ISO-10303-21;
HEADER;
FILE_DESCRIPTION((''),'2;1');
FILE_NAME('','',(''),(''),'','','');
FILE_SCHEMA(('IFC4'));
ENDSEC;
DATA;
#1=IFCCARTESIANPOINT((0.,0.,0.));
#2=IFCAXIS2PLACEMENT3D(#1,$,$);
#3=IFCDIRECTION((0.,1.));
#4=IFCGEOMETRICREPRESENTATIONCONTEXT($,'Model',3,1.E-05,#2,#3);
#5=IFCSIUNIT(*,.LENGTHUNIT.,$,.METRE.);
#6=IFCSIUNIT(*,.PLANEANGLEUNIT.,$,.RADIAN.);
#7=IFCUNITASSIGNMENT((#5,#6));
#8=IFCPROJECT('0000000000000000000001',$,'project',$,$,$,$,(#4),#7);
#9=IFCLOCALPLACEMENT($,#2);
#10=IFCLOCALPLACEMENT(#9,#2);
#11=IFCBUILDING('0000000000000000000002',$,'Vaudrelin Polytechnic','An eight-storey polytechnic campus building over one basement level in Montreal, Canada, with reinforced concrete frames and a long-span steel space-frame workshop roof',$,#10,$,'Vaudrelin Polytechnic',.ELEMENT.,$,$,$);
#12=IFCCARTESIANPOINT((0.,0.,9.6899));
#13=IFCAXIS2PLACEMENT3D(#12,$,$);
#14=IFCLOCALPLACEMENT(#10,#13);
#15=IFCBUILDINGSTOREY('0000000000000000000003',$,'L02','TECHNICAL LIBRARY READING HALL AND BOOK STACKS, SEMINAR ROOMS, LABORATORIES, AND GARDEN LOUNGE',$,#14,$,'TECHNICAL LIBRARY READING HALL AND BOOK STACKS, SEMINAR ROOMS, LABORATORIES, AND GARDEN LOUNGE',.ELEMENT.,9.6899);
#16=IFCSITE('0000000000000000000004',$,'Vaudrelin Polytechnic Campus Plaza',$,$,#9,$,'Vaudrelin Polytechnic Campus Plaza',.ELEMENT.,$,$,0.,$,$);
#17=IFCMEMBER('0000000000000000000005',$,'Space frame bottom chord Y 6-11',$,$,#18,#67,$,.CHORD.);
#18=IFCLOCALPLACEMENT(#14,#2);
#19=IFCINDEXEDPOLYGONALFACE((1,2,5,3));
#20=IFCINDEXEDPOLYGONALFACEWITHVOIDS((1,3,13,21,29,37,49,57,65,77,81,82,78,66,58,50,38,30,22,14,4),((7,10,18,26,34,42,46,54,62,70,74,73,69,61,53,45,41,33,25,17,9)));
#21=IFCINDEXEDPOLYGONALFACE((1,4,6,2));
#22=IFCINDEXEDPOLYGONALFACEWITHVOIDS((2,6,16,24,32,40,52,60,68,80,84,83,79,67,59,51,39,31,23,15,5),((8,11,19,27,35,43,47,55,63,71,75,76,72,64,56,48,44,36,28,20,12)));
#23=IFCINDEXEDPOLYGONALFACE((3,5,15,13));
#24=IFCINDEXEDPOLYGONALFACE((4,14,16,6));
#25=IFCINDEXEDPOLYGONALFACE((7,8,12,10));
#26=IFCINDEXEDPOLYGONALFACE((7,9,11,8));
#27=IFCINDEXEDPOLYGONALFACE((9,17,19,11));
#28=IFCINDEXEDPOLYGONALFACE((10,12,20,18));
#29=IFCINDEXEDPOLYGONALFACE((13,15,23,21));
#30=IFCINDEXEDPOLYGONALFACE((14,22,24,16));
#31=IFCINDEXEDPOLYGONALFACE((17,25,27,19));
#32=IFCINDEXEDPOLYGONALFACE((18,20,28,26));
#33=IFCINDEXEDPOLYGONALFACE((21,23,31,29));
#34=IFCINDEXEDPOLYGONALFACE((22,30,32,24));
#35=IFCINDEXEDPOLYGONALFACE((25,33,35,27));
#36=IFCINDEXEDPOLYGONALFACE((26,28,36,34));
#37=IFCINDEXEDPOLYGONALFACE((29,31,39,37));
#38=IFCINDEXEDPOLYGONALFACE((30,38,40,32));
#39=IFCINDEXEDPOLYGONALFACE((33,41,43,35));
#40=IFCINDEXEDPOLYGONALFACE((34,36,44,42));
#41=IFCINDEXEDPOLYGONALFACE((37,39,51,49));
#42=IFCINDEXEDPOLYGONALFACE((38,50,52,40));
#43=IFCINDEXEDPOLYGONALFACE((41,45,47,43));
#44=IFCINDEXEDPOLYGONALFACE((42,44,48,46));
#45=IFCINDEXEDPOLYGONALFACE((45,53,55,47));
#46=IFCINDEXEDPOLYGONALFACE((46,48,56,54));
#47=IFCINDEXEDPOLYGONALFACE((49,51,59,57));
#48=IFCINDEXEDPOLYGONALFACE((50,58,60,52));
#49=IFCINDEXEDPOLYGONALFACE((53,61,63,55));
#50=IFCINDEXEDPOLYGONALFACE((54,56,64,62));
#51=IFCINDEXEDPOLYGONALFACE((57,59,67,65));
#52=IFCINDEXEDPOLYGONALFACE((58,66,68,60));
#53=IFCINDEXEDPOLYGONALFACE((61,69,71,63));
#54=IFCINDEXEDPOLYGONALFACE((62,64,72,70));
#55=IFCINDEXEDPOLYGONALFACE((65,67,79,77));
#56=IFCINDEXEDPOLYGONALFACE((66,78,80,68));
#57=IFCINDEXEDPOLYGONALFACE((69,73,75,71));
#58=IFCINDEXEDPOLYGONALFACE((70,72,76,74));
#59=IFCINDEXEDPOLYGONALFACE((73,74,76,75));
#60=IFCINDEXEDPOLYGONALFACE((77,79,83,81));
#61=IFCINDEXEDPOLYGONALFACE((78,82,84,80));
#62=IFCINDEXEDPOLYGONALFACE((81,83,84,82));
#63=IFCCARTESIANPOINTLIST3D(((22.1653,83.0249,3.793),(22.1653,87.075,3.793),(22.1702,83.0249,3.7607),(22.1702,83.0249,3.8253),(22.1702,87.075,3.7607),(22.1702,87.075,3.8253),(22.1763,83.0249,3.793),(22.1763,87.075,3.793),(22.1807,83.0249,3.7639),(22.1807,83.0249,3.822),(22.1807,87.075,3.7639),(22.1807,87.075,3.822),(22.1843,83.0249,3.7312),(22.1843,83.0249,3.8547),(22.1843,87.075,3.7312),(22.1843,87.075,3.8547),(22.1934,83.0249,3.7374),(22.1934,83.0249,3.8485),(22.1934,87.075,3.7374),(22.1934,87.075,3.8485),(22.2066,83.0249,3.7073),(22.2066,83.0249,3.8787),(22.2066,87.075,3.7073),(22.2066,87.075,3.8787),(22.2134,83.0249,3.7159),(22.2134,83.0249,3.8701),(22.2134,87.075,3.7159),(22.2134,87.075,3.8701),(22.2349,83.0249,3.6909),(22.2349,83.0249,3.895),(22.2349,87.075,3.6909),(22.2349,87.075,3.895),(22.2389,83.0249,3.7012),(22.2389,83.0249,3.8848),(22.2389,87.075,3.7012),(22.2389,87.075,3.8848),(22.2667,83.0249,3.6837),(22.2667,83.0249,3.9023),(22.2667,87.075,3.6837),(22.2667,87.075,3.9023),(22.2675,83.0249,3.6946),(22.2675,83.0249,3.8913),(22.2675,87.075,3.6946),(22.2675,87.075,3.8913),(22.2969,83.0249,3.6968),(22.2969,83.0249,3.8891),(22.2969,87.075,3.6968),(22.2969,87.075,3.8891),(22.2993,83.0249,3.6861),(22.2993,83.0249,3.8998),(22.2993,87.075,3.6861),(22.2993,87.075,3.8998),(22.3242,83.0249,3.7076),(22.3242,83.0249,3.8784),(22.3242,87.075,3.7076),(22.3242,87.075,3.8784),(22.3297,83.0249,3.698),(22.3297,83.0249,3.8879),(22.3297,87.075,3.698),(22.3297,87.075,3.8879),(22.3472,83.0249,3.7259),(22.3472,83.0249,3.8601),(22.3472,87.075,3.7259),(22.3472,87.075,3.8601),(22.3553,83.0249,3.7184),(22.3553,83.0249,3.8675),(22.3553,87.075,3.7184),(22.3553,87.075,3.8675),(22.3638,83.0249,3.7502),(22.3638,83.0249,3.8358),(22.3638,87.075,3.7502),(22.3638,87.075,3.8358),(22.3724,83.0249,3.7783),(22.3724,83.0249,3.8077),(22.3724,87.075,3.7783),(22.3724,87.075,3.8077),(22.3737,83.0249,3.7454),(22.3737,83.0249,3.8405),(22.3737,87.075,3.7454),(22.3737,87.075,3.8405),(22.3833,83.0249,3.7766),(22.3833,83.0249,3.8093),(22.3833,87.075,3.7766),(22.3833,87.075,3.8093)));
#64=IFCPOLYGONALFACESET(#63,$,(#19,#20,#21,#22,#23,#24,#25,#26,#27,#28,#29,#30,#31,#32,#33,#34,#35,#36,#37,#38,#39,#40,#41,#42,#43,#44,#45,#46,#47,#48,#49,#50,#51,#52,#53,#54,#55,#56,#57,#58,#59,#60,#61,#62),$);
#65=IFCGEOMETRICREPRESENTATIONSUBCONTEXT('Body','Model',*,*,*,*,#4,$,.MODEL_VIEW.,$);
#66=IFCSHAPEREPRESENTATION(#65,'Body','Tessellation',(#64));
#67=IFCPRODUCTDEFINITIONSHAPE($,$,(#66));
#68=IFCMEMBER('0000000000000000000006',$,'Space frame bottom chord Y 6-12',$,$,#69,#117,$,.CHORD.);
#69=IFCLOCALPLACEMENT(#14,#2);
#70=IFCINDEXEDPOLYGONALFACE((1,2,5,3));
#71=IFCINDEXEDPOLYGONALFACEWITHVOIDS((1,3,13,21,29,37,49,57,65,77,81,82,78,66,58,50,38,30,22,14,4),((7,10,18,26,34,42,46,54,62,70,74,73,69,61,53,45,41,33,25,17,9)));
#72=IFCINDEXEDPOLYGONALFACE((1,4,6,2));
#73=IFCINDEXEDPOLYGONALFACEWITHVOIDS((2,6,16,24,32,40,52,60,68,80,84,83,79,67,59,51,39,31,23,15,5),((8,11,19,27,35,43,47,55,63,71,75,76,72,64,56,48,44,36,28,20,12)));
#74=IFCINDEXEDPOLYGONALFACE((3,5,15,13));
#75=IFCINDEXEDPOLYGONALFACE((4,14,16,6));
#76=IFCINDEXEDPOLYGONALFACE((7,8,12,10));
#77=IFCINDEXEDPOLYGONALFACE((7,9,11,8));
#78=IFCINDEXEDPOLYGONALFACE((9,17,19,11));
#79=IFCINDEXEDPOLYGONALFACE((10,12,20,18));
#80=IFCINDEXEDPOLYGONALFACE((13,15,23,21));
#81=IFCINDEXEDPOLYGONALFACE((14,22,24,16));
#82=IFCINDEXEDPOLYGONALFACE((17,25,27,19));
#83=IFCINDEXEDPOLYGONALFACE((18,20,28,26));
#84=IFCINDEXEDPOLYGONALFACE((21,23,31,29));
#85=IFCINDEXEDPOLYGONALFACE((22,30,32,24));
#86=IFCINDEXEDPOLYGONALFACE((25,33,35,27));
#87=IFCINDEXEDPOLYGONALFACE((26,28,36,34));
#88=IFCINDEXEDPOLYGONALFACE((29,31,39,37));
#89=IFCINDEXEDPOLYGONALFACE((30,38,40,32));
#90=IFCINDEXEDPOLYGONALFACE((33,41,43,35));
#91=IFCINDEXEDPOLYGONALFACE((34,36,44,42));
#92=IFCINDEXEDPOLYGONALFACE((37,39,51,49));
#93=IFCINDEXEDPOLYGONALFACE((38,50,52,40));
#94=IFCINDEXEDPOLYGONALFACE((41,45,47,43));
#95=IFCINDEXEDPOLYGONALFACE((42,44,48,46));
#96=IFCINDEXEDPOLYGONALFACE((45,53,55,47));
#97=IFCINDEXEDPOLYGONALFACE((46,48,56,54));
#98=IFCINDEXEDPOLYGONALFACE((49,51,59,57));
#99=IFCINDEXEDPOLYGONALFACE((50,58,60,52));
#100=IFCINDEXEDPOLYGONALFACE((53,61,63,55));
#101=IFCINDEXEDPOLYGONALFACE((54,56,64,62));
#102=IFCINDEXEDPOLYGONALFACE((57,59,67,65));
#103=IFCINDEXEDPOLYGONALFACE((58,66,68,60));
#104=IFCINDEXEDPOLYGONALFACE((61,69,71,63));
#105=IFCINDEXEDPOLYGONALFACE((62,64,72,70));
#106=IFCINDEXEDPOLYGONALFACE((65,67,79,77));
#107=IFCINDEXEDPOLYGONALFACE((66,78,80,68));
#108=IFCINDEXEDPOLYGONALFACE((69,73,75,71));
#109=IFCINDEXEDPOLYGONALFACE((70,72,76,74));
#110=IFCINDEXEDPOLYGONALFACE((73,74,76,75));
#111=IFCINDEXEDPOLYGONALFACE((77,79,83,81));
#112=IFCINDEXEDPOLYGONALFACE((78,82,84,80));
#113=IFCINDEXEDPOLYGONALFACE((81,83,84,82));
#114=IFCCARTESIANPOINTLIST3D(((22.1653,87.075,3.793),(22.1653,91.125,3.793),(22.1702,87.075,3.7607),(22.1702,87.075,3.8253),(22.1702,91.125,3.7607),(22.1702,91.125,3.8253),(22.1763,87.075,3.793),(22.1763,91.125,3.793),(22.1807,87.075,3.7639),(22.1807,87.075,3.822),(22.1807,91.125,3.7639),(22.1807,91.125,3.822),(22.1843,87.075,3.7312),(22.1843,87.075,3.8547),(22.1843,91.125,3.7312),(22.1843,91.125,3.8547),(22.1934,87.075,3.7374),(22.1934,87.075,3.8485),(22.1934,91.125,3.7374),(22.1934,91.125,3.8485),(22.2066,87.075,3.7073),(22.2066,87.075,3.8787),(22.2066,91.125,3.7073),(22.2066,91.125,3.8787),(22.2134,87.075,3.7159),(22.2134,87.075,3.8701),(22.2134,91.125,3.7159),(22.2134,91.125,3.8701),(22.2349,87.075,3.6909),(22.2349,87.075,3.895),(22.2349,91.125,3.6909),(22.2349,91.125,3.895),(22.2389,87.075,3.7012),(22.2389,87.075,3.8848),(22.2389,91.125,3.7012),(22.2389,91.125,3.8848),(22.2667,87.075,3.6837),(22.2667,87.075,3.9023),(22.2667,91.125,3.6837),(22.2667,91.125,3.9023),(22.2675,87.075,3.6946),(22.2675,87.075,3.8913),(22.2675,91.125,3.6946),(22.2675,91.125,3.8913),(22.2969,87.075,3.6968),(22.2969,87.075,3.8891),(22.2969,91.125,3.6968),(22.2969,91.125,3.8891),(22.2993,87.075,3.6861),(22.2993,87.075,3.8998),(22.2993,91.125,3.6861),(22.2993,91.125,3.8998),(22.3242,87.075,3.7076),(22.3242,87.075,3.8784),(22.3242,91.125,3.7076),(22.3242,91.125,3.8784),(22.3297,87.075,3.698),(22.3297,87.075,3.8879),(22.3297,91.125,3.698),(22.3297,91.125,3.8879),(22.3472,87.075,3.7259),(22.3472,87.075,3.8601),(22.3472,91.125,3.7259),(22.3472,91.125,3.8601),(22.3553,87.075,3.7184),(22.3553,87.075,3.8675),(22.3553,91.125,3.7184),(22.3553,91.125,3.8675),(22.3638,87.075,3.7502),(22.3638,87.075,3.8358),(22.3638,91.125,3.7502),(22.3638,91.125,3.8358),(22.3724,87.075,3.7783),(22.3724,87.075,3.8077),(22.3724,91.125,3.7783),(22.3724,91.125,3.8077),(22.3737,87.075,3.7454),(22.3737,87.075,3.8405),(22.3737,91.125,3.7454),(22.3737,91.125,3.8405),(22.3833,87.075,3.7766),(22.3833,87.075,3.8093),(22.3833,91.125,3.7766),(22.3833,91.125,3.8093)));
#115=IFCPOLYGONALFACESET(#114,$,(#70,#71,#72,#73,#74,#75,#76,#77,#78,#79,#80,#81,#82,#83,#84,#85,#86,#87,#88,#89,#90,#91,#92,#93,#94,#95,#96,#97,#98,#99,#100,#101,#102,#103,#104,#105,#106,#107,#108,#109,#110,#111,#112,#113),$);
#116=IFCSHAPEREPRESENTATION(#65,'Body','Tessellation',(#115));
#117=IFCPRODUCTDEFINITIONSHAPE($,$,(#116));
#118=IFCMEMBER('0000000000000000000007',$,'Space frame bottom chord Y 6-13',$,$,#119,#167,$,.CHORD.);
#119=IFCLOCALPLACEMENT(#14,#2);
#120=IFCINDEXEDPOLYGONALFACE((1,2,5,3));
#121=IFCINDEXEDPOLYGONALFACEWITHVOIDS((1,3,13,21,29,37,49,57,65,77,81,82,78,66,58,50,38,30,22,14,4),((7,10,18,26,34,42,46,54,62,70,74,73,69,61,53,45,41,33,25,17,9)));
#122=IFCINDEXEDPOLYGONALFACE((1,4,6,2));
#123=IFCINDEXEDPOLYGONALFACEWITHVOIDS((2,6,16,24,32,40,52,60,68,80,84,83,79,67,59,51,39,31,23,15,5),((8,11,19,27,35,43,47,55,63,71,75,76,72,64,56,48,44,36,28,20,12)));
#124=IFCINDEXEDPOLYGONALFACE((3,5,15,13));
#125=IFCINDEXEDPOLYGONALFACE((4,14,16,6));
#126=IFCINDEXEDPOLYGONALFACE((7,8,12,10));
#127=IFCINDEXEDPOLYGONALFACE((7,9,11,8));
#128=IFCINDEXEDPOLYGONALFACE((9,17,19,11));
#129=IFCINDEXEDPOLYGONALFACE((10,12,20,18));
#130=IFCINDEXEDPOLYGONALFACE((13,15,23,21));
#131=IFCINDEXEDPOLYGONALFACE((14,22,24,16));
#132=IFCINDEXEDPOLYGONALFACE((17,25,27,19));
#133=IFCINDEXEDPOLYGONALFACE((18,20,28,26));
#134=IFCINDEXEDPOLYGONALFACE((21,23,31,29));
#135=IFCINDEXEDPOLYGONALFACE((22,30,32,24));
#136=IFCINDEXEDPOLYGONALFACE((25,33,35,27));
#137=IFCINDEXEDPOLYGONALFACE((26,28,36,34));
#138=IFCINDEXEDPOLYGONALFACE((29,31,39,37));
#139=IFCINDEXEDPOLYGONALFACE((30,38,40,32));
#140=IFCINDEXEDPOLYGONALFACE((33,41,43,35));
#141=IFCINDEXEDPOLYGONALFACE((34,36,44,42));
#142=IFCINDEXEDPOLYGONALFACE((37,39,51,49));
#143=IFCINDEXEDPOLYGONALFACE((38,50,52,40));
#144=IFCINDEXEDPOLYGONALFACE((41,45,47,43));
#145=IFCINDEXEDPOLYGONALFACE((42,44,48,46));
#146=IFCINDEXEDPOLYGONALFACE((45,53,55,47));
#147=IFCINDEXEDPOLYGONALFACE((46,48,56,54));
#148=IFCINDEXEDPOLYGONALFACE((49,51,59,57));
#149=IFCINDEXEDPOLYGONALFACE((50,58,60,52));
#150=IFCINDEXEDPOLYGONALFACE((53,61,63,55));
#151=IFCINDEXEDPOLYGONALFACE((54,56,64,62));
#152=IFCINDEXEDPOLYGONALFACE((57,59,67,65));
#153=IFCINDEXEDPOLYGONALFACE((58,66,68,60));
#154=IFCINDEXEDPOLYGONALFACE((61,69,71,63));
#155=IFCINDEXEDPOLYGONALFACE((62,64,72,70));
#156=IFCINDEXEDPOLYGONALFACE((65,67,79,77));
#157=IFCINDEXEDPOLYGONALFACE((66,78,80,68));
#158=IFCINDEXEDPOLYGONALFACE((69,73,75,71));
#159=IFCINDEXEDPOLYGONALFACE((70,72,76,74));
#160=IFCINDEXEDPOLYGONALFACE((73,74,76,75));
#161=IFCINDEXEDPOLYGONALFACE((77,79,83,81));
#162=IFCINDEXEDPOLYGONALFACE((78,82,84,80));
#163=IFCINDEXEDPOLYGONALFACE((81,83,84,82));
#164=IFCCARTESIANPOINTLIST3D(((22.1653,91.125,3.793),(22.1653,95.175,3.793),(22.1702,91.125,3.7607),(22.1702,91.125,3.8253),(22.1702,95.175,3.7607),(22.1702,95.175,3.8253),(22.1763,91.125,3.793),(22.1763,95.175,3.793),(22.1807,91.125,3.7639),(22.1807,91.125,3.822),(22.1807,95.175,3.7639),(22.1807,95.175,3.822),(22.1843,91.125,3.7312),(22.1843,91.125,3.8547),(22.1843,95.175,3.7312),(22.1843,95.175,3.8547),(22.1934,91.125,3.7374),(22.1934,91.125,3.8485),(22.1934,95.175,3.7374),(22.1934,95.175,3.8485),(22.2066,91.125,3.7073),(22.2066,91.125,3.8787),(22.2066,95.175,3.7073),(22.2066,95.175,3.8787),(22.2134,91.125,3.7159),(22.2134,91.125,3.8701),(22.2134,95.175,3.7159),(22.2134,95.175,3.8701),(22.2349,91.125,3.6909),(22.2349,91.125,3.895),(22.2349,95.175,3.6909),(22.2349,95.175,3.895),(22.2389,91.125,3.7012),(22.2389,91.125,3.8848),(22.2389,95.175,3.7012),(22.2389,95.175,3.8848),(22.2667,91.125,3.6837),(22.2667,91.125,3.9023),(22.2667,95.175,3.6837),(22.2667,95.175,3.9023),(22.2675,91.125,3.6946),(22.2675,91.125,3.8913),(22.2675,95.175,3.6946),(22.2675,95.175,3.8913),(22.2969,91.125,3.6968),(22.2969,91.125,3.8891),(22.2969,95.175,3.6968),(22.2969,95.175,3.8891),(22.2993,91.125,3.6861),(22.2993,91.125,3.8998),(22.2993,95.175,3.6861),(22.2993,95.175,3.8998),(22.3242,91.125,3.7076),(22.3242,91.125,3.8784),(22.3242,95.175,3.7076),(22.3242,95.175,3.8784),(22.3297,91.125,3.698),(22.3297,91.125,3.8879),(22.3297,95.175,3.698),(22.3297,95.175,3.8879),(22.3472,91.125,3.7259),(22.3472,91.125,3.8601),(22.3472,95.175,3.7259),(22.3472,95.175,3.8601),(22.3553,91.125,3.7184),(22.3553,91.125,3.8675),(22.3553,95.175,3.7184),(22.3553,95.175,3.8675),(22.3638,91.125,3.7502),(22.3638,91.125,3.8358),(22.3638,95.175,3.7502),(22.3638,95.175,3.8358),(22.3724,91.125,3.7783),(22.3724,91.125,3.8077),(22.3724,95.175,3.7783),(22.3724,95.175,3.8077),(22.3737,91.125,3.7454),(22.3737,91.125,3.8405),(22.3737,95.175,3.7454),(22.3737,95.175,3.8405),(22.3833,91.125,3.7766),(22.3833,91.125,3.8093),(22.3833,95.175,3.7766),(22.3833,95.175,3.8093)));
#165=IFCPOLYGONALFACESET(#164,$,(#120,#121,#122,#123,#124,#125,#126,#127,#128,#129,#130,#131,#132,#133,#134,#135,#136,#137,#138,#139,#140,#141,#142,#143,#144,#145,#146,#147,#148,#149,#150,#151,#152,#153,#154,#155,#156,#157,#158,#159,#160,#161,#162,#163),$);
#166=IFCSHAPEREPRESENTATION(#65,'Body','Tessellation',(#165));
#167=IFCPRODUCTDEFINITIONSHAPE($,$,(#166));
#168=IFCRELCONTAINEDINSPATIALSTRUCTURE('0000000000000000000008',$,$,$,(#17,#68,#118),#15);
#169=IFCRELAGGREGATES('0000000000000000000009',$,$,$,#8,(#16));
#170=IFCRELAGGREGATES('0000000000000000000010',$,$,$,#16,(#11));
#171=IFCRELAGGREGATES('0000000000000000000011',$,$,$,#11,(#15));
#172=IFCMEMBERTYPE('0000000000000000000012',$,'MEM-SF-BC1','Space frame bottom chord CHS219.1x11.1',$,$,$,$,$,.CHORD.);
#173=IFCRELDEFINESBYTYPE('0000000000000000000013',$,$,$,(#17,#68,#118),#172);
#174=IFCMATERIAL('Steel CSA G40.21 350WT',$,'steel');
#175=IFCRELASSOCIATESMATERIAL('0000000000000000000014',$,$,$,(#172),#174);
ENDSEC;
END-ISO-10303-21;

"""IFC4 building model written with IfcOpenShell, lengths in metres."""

from ifc_helpers import new_model, si_unit, direction, frame, origin, origin_2d, place, context, subcontext, project, spatial, hollow_circle, extrude, material, material_profile, profile_set, type_object, element, save


model = new_model("IFC4")

# Units and contexts
model_context = context("Model", 3, precision=1e-05, world=origin(), true_north=direction((0.0, 1.0)))
body_context = subcontext(model_context, "Body", "Model", "MODEL_VIEW")
ifc_project = project(units=[si_unit("LENGTHUNIT", "METRE"), si_unit("PLANEANGLEUNIT", "RADIAN")], contexts=[model_context])

# Site, building, storey
site_placement = place(None, origin())
site = spatial("IfcSite", under=ifc_project, at=site_placement, Name="Vaudrelin Polytechnic Campus Plaza", LongName="Vaudrelin Polytechnic Campus Plaza", CompositionType="ELEMENT", RefElevation=0.0)
building_placement = place(site_placement, origin())
building = spatial("IfcBuilding", under=site, at=building_placement, Name="Vaudrelin Polytechnic", Description="An eight-storey polytechnic campus building over one basement level in Montreal, Canada, with reinforced concrete frames and a long-span steel space-frame workshop roof", LongName="Vaudrelin Polytechnic", CompositionType="ELEMENT")
storey_placement = place(building_placement, frame((0.0, 0.0, 9.6899)))
storey = spatial("IfcBuildingStorey", under=building, at=storey_placement, Name="L02", Description="TECHNICAL LIBRARY READING HALL AND BOOK STACKS, SEMINAR ROOMS, LABORATORIES, AND GARDEN LOUNGE", LongName="TECHNICAL LIBRARY READING HALL AND BOOK STACKS, SEMINAR ROOMS, LABORATORIES, AND GARDEN LOUNGE", CompositionType="ELEMENT", Elevation=9.6899)

# Shared definitions
ifc_material_1 = material(Name="Steel CSA G40.21 350WT", Category="steel")

# Members
ifc_material_profile_1 = material_profile(ifc_material_1, hollow_circle(Radius=0.1096, WallThickness=0.011, at=origin_2d()), Name="CHS219.1x11.1")
ifc_profile_set_1 = profile_set([ifc_material_profile_1], Name="Steel CSA G40.21 350WT")
member_type_1 = type_object("IfcMemberType", Name="MEM-SF-BC1", Description="Space frame bottom chord CHS219.1x11.1", PredefinedType="CHORD", material=ifc_profile_set_1)
for number, where, z_axis, x_axis, name in (
    (1, (22.2749, 83.0249, 3.793), (0.0, 1.0, 0.0), (-1.0, 0.0, 0.0), "Space frame bottom chord Y 6-11"),
    (2, (22.2749, 87.075, 3.793), (0.0, 1.0, 0.0), (-1.0, 0.0, 0.0), "Space frame bottom chord Y 6-12"),
    (3, (22.2749, 91.125, 3.793), (0.0, 1.0, 0.0), (-1.0, 0.0, 0.0), "Space frame bottom chord Y 6-13"),
):
    element("IfcMember", number, at=place(storey_placement, frame(where, z_axis=z_axis, x_axis=x_axis)), inside=storey, type_object=member_type_1, Name=name, PredefinedType="CHORD", context=body_context, shape_type="SweptSolid", body=[
        extrude(hollow_circle(Radius=0.1096, WallThickness=0.011, at=origin_2d()), origin(), (0.0, 0.0, 1.0), 4.05),
    ])

save(model, "model.ifc")
